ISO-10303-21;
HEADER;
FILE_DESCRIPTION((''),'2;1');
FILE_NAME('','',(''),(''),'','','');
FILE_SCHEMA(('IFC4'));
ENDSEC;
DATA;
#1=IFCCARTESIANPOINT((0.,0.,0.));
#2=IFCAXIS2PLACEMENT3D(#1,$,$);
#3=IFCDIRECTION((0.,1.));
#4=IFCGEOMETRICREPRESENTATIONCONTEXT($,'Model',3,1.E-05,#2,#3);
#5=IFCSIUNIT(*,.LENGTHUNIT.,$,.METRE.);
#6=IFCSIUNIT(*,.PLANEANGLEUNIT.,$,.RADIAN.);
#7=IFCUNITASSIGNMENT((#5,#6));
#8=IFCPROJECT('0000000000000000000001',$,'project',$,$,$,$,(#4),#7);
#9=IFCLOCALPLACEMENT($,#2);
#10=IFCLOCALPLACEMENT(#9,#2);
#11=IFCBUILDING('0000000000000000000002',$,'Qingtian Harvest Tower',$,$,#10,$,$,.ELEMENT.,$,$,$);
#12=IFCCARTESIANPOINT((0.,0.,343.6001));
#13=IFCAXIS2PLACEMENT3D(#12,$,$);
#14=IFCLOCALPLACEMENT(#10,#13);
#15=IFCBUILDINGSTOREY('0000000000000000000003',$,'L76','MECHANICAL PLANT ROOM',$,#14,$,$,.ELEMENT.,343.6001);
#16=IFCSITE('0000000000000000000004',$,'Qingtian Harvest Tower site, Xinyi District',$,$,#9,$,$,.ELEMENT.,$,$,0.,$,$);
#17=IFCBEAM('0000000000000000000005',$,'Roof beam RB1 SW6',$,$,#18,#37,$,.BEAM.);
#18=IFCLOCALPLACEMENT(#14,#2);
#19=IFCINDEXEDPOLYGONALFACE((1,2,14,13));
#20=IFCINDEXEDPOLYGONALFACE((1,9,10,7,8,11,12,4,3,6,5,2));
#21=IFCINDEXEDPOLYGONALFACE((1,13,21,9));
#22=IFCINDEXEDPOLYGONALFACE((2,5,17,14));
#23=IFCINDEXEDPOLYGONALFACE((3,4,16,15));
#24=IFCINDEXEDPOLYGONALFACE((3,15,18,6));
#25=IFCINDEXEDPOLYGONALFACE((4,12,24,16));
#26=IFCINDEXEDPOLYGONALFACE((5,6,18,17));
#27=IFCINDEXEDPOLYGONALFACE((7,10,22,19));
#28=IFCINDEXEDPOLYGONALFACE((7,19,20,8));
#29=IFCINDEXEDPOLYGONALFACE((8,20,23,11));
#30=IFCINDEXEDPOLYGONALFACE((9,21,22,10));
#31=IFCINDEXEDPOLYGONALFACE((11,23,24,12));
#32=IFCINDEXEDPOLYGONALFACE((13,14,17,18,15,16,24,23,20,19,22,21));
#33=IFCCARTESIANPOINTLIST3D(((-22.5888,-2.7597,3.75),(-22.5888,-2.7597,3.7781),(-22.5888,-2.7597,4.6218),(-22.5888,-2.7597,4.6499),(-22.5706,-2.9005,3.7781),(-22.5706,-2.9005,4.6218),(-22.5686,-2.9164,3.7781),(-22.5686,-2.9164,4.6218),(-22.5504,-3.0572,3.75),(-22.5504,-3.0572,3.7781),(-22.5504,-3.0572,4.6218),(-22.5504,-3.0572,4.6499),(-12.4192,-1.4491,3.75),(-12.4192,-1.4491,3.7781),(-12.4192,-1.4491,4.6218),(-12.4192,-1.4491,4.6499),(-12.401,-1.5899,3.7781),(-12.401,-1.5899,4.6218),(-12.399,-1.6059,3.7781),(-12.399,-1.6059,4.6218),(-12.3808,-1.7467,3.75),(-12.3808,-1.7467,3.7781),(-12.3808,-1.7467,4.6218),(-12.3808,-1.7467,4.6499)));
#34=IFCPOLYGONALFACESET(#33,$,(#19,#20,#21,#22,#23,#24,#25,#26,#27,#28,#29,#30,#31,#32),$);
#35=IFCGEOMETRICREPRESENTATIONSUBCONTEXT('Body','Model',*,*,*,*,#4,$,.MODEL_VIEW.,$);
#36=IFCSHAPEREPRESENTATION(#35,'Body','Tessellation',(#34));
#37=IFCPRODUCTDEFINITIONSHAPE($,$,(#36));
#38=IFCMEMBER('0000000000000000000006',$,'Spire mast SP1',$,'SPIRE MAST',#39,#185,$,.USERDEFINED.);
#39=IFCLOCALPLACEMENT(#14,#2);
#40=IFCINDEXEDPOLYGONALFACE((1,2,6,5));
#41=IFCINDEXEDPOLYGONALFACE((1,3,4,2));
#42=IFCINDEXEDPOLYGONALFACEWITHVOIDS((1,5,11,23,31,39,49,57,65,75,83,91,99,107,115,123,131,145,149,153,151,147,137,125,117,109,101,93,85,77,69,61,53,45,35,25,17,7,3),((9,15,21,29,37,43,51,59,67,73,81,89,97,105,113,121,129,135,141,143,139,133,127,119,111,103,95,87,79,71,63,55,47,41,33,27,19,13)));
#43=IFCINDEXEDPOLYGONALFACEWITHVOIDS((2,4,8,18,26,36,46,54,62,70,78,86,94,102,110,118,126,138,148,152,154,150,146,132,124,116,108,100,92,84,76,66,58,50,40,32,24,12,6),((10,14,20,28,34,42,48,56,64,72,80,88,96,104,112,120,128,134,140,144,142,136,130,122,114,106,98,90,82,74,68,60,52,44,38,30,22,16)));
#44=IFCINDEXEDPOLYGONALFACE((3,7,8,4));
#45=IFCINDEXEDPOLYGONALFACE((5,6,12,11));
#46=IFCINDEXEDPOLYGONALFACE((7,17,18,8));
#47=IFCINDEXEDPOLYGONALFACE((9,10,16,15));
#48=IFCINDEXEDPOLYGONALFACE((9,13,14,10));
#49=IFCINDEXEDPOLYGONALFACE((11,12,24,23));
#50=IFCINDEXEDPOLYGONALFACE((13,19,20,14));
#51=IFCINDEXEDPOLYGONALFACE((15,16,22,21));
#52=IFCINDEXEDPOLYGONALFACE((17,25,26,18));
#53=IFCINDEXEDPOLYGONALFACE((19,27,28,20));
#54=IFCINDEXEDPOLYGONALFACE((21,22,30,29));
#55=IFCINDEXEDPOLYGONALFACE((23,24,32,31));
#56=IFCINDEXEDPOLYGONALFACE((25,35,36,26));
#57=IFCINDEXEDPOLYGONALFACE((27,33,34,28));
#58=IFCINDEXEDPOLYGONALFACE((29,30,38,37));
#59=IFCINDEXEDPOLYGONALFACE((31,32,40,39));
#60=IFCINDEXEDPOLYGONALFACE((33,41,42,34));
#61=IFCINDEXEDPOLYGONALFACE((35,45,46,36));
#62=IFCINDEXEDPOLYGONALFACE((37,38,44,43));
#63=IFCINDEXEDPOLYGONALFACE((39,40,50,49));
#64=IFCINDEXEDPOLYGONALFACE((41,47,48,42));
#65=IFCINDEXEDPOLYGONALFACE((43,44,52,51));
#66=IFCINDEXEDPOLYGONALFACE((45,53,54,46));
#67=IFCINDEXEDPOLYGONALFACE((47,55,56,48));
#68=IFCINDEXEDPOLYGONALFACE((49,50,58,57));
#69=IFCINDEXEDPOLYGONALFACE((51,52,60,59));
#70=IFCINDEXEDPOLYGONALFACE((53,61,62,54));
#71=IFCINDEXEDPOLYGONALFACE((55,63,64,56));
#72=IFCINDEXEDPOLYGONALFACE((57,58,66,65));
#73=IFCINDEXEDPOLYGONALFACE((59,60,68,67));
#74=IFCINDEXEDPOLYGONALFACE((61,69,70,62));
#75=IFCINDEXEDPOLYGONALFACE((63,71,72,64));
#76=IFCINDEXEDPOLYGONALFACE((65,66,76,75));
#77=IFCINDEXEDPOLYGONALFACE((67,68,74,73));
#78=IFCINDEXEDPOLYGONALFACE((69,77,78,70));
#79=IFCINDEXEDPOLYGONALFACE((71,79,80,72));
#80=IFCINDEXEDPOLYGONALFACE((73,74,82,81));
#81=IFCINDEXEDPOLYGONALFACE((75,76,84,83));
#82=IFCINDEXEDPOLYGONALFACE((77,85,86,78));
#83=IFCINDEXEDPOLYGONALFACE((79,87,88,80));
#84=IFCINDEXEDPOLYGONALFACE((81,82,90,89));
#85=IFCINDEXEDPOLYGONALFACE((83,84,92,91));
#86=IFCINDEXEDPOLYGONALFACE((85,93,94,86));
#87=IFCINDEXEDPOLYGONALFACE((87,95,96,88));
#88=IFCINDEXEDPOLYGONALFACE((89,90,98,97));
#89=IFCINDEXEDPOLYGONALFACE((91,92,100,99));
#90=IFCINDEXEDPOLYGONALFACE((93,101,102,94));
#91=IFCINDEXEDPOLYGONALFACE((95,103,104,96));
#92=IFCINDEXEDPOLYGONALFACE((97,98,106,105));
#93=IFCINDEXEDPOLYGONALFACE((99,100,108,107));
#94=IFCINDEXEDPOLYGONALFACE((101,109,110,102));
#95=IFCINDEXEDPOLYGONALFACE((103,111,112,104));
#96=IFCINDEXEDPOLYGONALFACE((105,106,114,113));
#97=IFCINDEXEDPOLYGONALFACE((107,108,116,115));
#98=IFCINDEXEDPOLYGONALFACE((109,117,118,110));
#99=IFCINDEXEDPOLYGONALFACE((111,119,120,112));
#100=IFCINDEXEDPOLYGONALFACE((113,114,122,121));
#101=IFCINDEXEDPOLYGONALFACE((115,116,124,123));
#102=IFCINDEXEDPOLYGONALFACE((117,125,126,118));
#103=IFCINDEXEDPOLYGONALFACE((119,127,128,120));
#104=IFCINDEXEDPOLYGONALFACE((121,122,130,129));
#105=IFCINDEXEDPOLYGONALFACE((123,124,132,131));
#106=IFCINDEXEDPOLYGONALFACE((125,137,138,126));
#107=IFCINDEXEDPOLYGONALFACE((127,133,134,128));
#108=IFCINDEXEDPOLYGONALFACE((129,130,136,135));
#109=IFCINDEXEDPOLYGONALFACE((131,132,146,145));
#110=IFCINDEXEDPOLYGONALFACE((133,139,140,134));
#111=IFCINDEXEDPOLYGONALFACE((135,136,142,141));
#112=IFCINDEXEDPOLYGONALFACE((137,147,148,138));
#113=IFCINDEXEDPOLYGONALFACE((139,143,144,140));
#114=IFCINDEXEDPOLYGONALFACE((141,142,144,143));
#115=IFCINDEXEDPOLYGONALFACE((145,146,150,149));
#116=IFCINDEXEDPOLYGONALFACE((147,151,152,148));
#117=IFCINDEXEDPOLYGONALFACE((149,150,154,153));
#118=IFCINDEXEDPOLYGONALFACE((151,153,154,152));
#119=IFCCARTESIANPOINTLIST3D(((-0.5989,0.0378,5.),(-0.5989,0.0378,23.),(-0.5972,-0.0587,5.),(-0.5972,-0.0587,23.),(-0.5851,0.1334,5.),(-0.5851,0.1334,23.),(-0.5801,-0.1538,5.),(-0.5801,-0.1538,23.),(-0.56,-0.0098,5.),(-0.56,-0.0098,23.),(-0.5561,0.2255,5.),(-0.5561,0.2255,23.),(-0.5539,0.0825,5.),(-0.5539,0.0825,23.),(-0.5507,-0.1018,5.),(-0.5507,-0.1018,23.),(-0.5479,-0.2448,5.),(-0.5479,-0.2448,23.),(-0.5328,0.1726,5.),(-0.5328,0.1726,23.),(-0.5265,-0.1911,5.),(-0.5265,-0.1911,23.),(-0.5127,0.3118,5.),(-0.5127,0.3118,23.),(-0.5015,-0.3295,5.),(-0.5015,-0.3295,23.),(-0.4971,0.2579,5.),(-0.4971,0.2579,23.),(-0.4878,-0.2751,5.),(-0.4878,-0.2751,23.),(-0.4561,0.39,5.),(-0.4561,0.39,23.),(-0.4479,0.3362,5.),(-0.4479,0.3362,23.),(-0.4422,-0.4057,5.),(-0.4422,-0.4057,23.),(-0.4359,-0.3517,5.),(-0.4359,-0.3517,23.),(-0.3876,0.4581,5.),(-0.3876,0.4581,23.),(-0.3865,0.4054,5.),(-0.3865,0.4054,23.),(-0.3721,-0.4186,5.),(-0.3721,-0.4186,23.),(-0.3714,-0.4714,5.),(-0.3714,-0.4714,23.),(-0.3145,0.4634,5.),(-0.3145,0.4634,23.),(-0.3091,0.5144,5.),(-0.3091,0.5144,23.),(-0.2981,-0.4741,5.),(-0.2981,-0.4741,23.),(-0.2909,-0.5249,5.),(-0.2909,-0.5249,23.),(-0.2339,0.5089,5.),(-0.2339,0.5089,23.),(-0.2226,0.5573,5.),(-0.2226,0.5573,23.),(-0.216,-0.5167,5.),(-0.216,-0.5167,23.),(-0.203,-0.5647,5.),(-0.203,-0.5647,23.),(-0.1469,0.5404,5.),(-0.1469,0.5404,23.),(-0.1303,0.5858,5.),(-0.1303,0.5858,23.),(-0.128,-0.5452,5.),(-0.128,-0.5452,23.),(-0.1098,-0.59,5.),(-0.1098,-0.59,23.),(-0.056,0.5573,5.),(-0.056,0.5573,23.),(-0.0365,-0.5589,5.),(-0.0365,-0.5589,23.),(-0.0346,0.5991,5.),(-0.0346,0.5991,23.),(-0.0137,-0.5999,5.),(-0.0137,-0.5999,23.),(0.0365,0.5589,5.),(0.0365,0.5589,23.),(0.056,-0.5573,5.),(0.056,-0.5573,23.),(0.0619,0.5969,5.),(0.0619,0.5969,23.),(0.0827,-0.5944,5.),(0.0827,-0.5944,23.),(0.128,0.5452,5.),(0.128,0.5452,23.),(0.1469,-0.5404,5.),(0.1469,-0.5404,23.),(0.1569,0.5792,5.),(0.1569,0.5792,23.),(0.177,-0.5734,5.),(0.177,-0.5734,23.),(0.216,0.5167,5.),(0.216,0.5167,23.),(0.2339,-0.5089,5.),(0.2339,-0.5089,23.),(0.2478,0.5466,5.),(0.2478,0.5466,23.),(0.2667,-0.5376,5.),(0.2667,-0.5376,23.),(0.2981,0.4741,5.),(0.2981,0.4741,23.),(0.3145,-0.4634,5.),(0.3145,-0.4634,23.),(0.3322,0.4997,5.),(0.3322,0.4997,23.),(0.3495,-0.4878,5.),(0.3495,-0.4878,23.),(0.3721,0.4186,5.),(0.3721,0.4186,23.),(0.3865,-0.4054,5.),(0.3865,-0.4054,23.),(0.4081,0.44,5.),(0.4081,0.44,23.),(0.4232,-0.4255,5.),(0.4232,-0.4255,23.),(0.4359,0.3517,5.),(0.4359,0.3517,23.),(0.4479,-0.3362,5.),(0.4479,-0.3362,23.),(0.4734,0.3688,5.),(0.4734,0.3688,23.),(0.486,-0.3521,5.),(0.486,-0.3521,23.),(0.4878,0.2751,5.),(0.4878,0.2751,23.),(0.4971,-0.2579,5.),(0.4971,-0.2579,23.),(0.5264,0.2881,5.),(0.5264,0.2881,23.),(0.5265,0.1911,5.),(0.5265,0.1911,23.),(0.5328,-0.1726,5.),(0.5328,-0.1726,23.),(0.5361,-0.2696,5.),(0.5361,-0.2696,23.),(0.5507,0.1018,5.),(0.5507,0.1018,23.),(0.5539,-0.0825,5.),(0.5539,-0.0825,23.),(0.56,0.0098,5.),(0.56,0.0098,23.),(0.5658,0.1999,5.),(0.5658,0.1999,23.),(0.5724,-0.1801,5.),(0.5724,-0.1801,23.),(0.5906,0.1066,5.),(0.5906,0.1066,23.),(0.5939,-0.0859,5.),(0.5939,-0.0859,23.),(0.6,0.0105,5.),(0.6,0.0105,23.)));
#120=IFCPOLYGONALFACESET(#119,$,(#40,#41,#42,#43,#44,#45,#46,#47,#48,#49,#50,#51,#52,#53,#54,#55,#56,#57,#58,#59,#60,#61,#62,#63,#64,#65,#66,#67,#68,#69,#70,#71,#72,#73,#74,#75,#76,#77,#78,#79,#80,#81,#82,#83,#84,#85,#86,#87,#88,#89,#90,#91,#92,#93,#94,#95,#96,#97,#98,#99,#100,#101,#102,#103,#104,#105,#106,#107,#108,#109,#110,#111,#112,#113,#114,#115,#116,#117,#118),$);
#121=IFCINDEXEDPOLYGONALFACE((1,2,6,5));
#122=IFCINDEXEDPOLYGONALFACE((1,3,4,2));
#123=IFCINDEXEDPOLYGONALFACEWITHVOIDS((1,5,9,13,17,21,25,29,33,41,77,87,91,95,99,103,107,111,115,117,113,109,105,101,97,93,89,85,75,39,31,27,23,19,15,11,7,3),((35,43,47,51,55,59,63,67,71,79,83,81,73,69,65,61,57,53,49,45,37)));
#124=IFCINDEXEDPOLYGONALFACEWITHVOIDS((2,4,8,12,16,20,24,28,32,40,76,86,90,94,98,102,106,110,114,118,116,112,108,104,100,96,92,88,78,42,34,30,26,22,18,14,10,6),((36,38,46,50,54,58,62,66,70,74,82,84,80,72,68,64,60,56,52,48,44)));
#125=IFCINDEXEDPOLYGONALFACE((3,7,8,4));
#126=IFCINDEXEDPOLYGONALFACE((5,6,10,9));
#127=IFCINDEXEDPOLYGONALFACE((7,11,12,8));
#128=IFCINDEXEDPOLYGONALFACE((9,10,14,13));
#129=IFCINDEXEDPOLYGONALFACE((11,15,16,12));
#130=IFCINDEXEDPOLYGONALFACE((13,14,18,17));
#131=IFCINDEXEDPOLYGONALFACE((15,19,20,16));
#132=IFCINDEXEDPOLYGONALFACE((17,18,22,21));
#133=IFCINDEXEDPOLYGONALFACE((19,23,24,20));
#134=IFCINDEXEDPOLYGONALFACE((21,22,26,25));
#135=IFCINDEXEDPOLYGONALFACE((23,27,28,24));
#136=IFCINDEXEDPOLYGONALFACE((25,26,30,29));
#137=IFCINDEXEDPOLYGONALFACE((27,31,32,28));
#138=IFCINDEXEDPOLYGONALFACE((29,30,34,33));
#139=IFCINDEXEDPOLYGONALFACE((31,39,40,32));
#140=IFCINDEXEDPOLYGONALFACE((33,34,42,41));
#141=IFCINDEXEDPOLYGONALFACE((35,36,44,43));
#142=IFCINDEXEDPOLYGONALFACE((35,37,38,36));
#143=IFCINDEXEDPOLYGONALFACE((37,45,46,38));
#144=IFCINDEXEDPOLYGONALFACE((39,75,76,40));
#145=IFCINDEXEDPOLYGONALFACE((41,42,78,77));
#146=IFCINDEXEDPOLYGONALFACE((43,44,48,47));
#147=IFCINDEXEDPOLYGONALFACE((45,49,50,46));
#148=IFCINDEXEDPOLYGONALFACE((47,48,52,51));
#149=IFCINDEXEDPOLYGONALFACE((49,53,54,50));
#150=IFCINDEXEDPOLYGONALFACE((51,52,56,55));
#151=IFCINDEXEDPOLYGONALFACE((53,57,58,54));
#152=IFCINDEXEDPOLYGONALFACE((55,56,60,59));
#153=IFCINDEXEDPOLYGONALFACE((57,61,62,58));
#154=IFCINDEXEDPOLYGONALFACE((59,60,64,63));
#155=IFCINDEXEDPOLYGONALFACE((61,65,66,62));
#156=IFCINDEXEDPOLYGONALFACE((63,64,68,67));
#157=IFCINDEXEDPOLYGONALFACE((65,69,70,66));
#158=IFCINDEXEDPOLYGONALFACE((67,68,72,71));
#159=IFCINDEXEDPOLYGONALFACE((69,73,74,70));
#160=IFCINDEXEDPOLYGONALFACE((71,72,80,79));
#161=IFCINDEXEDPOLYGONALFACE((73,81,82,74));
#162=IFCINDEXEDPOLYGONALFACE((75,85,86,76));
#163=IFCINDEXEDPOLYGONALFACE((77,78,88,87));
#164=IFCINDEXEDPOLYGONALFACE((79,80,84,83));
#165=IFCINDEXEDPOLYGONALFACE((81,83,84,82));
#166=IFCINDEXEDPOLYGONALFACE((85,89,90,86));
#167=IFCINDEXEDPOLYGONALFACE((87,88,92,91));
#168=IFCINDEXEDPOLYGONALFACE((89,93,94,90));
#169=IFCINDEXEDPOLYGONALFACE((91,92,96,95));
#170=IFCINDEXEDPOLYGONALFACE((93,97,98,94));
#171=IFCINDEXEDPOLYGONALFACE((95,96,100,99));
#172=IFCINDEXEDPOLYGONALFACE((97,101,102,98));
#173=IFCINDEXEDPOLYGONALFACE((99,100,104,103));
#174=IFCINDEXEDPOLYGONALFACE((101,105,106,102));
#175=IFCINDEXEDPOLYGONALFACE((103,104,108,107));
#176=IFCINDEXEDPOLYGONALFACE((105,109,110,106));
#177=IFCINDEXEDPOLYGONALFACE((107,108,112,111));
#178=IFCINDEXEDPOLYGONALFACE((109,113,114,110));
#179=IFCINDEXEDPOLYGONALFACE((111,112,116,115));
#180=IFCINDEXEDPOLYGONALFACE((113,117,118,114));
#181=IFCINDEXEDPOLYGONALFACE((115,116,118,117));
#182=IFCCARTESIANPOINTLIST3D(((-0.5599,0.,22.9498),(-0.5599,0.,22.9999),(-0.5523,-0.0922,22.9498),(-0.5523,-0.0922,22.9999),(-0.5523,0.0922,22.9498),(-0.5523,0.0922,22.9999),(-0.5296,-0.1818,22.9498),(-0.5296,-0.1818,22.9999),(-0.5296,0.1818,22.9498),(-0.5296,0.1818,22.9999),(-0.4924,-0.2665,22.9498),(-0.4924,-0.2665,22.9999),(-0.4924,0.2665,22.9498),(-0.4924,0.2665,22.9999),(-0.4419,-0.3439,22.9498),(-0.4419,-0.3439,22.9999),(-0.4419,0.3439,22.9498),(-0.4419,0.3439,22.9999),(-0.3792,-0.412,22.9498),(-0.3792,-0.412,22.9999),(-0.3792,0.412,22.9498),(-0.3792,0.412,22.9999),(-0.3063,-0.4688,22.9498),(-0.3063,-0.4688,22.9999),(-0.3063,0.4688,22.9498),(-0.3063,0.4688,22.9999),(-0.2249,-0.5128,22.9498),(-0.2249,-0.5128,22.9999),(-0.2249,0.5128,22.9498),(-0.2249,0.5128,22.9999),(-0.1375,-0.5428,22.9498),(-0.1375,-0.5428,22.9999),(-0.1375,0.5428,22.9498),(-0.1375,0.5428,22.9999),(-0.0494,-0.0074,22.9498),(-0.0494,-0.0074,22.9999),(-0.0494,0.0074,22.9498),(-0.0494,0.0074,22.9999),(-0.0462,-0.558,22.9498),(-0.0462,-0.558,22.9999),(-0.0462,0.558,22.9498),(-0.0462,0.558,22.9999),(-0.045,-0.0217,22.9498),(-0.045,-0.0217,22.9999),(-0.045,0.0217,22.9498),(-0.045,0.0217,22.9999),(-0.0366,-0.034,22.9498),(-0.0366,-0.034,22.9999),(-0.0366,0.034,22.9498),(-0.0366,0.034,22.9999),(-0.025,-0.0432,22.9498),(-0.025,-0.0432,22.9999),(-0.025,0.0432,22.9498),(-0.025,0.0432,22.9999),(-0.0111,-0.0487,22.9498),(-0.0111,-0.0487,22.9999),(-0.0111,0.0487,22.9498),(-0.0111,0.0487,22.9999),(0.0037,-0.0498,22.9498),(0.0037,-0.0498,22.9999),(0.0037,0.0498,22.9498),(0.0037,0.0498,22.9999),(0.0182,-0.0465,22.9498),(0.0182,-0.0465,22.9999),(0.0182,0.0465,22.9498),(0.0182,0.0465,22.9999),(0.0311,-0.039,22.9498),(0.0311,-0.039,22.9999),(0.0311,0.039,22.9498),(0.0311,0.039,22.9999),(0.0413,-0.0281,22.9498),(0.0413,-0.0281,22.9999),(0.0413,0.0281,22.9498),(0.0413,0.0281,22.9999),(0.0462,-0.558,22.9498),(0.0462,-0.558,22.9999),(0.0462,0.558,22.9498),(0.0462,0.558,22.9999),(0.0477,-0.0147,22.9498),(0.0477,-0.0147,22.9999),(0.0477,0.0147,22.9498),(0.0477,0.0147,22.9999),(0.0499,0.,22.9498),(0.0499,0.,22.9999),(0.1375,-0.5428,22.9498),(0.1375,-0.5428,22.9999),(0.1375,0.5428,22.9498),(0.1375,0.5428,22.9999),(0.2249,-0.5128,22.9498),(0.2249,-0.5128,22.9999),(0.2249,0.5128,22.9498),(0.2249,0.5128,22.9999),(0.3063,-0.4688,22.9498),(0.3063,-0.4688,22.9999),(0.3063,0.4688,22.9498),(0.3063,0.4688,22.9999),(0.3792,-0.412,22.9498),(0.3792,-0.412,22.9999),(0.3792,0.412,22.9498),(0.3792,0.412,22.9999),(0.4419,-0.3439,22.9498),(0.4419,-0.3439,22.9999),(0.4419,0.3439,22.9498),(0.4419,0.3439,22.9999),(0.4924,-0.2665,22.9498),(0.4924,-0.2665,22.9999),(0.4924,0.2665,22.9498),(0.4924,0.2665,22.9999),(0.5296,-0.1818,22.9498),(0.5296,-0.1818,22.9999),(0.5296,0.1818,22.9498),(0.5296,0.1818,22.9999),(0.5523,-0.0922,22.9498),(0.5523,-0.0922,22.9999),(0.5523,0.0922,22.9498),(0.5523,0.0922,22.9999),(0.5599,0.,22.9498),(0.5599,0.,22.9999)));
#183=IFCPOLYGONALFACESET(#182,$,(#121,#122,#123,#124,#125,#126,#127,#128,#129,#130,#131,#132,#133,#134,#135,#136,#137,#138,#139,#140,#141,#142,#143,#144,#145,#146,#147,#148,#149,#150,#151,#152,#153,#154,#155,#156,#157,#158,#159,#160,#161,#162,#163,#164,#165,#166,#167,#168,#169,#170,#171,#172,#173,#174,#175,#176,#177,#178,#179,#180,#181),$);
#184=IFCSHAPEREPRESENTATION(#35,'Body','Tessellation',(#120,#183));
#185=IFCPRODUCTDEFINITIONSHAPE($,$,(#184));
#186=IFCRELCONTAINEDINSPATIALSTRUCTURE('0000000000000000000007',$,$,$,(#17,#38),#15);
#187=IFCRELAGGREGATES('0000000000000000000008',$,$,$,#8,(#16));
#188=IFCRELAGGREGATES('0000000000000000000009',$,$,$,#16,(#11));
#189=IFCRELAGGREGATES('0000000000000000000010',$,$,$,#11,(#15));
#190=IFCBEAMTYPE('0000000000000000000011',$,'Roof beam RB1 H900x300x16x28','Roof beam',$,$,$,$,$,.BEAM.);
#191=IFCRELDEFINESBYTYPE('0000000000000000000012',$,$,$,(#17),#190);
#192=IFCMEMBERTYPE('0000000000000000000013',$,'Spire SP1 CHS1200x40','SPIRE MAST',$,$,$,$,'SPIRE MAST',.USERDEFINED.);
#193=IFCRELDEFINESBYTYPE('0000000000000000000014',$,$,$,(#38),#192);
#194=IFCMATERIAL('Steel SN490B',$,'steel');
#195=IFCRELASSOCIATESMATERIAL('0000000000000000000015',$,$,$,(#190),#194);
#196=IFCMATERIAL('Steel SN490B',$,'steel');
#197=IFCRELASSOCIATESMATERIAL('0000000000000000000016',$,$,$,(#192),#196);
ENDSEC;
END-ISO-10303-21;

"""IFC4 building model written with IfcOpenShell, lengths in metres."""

from ifc_helpers import new_model, entity, si_unit, direction, frame, frame_2d, origin, origin_2d, place, context, subcontext, project, spatial, hollow_circle, i_section, extrude, material, material_profile, profile_set, type_object, element, save


model = new_model("IFC4")

# Units and contexts
model_context = context("Model", 3, precision=1e-05, world=origin(), true_north=direction((0.0, 1.0)))
body_context = subcontext(model_context, "Body", "Model", "MODEL_VIEW")
ifc_project = project(units=[si_unit("LENGTHUNIT", "METRE"), si_unit("PLANEANGLEUNIT", "RADIAN")], contexts=[model_context])

# Site, building, storey
site_placement = place(None, origin())
site = spatial("IfcSite", under=ifc_project, at=site_placement, Name="Qingtian Harvest Tower site, Xinyi District", CompositionType="ELEMENT", RefElevation=0.0)
building_placement = place(site_placement, origin())
building = spatial("IfcBuilding", under=site, at=building_placement, Name="Qingtian Harvest Tower", CompositionType="ELEMENT")
storey_placement = place(building_placement, frame((0.0, 0.0, 343.6001)))
storey = spatial("IfcBuildingStorey", under=building, at=storey_placement, Name="L76", Description="MECHANICAL PLANT ROOM", CompositionType="ELEMENT", Elevation=343.6001)

# Beam
ifc_material_1 = material(Name="Steel SN490B", Category="steel")
ifc_material_profile_1 = material_profile(ifc_material_1, i_section(OverallWidth=0.3, OverallDepth=0.8999, WebThickness=0.0161, FlangeThickness=0.0281, at=origin_2d()), Name="H900x300x16x28")
ifc_profile_set_1 = profile_set([ifc_material_profile_1], Name="Steel SN490B")
beam_type_1 = type_object("IfcBeamType", Name="Roof beam RB1 H900x300x16x28", Description="Roof beam", PredefinedType="BEAM", material=ifc_profile_set_1)
beam_1_placement = place(storey_placement, frame((-22.5696, -2.9084, 4.2), z_axis=(0.991799, 0.127811, 0.0), x_axis=(-0.127811, 0.991799, 0.0)))
element("IfcBeam", 1, at=beam_1_placement, inside=storey, type_object=beam_type_1, Name="Roof beam RB1 SW6", PredefinedType="BEAM", context=body_context, shape_type="SweptSolid", body=[
    extrude(i_section(OverallWidth=0.3, OverallDepth=0.8999, WebThickness=0.0161, FlangeThickness=0.0281, at=origin_2d()), origin(), (0.0, 0.0, 1.0), 10.2537),
])

# Member
ifc_material_2 = material(Name="Steel SN490B", Category="steel")
ifc_material_profile_2 = material_profile(ifc_material_2, hollow_circle(Radius=0.6001, WallThickness=0.04, at=frame_2d((0.0, 0.0), x_axis=(0.999848, 0.017452))), Name="CHS1200x40")
ifc_profile_set_2 = profile_set([ifc_material_profile_2], Name="Steel SN490B")
member_type_1 = type_object("IfcMemberType", Name="Spire SP1 CHS1200x40", Description="SPIRE MAST", ElementType="SPIRE MAST", PredefinedType="USERDEFINED", material=ifc_profile_set_2)
member_1_placement = place(storey_placement, frame((0.0, 0.0, 5.0), z_axis=(0.0, 0.0, 1.0), x_axis=(1.0, 0.0, 0.0)))
element("IfcMember", 2, at=member_1_placement, inside=storey, type_object=member_type_1, Name="Spire mast SP1", ObjectType="SPIRE MAST", PredefinedType="USERDEFINED", context=body_context, shape_type="SweptSolid", body=[
    extrude(hollow_circle(Radius=0.6001, WallThickness=0.04, at=frame_2d((0.0, 0.0), x_axis=(0.999848, 0.017452))), origin(), (0.0, 0.0, 1.0), 18.0),
    entity("IfcRevolvedAreaSolid", entity("IfcRectangleProfileDef", "AREA", None, entity("IfcAxis2Placement2D", entity("IfcCartesianPoint", [0.3049, 0.0249])), 0.51, 0.05), entity("IfcAxis2Placement3D", entity("IfcCartesianPoint", [0.0, 0.0, 17.95]), entity("IfcDirection", [0.0, -1.0, 0.0]), entity("IfcDirection", [1.0, 0.0, 0.0])), entity("IfcAxis1Placement", entity("IfcCartesianPoint", [0.0, 0.0, 0.0]), entity("IfcDirection", [0.0, 1.0, 0.0])), 6.283185),
])

save(model, "model.ifc")
